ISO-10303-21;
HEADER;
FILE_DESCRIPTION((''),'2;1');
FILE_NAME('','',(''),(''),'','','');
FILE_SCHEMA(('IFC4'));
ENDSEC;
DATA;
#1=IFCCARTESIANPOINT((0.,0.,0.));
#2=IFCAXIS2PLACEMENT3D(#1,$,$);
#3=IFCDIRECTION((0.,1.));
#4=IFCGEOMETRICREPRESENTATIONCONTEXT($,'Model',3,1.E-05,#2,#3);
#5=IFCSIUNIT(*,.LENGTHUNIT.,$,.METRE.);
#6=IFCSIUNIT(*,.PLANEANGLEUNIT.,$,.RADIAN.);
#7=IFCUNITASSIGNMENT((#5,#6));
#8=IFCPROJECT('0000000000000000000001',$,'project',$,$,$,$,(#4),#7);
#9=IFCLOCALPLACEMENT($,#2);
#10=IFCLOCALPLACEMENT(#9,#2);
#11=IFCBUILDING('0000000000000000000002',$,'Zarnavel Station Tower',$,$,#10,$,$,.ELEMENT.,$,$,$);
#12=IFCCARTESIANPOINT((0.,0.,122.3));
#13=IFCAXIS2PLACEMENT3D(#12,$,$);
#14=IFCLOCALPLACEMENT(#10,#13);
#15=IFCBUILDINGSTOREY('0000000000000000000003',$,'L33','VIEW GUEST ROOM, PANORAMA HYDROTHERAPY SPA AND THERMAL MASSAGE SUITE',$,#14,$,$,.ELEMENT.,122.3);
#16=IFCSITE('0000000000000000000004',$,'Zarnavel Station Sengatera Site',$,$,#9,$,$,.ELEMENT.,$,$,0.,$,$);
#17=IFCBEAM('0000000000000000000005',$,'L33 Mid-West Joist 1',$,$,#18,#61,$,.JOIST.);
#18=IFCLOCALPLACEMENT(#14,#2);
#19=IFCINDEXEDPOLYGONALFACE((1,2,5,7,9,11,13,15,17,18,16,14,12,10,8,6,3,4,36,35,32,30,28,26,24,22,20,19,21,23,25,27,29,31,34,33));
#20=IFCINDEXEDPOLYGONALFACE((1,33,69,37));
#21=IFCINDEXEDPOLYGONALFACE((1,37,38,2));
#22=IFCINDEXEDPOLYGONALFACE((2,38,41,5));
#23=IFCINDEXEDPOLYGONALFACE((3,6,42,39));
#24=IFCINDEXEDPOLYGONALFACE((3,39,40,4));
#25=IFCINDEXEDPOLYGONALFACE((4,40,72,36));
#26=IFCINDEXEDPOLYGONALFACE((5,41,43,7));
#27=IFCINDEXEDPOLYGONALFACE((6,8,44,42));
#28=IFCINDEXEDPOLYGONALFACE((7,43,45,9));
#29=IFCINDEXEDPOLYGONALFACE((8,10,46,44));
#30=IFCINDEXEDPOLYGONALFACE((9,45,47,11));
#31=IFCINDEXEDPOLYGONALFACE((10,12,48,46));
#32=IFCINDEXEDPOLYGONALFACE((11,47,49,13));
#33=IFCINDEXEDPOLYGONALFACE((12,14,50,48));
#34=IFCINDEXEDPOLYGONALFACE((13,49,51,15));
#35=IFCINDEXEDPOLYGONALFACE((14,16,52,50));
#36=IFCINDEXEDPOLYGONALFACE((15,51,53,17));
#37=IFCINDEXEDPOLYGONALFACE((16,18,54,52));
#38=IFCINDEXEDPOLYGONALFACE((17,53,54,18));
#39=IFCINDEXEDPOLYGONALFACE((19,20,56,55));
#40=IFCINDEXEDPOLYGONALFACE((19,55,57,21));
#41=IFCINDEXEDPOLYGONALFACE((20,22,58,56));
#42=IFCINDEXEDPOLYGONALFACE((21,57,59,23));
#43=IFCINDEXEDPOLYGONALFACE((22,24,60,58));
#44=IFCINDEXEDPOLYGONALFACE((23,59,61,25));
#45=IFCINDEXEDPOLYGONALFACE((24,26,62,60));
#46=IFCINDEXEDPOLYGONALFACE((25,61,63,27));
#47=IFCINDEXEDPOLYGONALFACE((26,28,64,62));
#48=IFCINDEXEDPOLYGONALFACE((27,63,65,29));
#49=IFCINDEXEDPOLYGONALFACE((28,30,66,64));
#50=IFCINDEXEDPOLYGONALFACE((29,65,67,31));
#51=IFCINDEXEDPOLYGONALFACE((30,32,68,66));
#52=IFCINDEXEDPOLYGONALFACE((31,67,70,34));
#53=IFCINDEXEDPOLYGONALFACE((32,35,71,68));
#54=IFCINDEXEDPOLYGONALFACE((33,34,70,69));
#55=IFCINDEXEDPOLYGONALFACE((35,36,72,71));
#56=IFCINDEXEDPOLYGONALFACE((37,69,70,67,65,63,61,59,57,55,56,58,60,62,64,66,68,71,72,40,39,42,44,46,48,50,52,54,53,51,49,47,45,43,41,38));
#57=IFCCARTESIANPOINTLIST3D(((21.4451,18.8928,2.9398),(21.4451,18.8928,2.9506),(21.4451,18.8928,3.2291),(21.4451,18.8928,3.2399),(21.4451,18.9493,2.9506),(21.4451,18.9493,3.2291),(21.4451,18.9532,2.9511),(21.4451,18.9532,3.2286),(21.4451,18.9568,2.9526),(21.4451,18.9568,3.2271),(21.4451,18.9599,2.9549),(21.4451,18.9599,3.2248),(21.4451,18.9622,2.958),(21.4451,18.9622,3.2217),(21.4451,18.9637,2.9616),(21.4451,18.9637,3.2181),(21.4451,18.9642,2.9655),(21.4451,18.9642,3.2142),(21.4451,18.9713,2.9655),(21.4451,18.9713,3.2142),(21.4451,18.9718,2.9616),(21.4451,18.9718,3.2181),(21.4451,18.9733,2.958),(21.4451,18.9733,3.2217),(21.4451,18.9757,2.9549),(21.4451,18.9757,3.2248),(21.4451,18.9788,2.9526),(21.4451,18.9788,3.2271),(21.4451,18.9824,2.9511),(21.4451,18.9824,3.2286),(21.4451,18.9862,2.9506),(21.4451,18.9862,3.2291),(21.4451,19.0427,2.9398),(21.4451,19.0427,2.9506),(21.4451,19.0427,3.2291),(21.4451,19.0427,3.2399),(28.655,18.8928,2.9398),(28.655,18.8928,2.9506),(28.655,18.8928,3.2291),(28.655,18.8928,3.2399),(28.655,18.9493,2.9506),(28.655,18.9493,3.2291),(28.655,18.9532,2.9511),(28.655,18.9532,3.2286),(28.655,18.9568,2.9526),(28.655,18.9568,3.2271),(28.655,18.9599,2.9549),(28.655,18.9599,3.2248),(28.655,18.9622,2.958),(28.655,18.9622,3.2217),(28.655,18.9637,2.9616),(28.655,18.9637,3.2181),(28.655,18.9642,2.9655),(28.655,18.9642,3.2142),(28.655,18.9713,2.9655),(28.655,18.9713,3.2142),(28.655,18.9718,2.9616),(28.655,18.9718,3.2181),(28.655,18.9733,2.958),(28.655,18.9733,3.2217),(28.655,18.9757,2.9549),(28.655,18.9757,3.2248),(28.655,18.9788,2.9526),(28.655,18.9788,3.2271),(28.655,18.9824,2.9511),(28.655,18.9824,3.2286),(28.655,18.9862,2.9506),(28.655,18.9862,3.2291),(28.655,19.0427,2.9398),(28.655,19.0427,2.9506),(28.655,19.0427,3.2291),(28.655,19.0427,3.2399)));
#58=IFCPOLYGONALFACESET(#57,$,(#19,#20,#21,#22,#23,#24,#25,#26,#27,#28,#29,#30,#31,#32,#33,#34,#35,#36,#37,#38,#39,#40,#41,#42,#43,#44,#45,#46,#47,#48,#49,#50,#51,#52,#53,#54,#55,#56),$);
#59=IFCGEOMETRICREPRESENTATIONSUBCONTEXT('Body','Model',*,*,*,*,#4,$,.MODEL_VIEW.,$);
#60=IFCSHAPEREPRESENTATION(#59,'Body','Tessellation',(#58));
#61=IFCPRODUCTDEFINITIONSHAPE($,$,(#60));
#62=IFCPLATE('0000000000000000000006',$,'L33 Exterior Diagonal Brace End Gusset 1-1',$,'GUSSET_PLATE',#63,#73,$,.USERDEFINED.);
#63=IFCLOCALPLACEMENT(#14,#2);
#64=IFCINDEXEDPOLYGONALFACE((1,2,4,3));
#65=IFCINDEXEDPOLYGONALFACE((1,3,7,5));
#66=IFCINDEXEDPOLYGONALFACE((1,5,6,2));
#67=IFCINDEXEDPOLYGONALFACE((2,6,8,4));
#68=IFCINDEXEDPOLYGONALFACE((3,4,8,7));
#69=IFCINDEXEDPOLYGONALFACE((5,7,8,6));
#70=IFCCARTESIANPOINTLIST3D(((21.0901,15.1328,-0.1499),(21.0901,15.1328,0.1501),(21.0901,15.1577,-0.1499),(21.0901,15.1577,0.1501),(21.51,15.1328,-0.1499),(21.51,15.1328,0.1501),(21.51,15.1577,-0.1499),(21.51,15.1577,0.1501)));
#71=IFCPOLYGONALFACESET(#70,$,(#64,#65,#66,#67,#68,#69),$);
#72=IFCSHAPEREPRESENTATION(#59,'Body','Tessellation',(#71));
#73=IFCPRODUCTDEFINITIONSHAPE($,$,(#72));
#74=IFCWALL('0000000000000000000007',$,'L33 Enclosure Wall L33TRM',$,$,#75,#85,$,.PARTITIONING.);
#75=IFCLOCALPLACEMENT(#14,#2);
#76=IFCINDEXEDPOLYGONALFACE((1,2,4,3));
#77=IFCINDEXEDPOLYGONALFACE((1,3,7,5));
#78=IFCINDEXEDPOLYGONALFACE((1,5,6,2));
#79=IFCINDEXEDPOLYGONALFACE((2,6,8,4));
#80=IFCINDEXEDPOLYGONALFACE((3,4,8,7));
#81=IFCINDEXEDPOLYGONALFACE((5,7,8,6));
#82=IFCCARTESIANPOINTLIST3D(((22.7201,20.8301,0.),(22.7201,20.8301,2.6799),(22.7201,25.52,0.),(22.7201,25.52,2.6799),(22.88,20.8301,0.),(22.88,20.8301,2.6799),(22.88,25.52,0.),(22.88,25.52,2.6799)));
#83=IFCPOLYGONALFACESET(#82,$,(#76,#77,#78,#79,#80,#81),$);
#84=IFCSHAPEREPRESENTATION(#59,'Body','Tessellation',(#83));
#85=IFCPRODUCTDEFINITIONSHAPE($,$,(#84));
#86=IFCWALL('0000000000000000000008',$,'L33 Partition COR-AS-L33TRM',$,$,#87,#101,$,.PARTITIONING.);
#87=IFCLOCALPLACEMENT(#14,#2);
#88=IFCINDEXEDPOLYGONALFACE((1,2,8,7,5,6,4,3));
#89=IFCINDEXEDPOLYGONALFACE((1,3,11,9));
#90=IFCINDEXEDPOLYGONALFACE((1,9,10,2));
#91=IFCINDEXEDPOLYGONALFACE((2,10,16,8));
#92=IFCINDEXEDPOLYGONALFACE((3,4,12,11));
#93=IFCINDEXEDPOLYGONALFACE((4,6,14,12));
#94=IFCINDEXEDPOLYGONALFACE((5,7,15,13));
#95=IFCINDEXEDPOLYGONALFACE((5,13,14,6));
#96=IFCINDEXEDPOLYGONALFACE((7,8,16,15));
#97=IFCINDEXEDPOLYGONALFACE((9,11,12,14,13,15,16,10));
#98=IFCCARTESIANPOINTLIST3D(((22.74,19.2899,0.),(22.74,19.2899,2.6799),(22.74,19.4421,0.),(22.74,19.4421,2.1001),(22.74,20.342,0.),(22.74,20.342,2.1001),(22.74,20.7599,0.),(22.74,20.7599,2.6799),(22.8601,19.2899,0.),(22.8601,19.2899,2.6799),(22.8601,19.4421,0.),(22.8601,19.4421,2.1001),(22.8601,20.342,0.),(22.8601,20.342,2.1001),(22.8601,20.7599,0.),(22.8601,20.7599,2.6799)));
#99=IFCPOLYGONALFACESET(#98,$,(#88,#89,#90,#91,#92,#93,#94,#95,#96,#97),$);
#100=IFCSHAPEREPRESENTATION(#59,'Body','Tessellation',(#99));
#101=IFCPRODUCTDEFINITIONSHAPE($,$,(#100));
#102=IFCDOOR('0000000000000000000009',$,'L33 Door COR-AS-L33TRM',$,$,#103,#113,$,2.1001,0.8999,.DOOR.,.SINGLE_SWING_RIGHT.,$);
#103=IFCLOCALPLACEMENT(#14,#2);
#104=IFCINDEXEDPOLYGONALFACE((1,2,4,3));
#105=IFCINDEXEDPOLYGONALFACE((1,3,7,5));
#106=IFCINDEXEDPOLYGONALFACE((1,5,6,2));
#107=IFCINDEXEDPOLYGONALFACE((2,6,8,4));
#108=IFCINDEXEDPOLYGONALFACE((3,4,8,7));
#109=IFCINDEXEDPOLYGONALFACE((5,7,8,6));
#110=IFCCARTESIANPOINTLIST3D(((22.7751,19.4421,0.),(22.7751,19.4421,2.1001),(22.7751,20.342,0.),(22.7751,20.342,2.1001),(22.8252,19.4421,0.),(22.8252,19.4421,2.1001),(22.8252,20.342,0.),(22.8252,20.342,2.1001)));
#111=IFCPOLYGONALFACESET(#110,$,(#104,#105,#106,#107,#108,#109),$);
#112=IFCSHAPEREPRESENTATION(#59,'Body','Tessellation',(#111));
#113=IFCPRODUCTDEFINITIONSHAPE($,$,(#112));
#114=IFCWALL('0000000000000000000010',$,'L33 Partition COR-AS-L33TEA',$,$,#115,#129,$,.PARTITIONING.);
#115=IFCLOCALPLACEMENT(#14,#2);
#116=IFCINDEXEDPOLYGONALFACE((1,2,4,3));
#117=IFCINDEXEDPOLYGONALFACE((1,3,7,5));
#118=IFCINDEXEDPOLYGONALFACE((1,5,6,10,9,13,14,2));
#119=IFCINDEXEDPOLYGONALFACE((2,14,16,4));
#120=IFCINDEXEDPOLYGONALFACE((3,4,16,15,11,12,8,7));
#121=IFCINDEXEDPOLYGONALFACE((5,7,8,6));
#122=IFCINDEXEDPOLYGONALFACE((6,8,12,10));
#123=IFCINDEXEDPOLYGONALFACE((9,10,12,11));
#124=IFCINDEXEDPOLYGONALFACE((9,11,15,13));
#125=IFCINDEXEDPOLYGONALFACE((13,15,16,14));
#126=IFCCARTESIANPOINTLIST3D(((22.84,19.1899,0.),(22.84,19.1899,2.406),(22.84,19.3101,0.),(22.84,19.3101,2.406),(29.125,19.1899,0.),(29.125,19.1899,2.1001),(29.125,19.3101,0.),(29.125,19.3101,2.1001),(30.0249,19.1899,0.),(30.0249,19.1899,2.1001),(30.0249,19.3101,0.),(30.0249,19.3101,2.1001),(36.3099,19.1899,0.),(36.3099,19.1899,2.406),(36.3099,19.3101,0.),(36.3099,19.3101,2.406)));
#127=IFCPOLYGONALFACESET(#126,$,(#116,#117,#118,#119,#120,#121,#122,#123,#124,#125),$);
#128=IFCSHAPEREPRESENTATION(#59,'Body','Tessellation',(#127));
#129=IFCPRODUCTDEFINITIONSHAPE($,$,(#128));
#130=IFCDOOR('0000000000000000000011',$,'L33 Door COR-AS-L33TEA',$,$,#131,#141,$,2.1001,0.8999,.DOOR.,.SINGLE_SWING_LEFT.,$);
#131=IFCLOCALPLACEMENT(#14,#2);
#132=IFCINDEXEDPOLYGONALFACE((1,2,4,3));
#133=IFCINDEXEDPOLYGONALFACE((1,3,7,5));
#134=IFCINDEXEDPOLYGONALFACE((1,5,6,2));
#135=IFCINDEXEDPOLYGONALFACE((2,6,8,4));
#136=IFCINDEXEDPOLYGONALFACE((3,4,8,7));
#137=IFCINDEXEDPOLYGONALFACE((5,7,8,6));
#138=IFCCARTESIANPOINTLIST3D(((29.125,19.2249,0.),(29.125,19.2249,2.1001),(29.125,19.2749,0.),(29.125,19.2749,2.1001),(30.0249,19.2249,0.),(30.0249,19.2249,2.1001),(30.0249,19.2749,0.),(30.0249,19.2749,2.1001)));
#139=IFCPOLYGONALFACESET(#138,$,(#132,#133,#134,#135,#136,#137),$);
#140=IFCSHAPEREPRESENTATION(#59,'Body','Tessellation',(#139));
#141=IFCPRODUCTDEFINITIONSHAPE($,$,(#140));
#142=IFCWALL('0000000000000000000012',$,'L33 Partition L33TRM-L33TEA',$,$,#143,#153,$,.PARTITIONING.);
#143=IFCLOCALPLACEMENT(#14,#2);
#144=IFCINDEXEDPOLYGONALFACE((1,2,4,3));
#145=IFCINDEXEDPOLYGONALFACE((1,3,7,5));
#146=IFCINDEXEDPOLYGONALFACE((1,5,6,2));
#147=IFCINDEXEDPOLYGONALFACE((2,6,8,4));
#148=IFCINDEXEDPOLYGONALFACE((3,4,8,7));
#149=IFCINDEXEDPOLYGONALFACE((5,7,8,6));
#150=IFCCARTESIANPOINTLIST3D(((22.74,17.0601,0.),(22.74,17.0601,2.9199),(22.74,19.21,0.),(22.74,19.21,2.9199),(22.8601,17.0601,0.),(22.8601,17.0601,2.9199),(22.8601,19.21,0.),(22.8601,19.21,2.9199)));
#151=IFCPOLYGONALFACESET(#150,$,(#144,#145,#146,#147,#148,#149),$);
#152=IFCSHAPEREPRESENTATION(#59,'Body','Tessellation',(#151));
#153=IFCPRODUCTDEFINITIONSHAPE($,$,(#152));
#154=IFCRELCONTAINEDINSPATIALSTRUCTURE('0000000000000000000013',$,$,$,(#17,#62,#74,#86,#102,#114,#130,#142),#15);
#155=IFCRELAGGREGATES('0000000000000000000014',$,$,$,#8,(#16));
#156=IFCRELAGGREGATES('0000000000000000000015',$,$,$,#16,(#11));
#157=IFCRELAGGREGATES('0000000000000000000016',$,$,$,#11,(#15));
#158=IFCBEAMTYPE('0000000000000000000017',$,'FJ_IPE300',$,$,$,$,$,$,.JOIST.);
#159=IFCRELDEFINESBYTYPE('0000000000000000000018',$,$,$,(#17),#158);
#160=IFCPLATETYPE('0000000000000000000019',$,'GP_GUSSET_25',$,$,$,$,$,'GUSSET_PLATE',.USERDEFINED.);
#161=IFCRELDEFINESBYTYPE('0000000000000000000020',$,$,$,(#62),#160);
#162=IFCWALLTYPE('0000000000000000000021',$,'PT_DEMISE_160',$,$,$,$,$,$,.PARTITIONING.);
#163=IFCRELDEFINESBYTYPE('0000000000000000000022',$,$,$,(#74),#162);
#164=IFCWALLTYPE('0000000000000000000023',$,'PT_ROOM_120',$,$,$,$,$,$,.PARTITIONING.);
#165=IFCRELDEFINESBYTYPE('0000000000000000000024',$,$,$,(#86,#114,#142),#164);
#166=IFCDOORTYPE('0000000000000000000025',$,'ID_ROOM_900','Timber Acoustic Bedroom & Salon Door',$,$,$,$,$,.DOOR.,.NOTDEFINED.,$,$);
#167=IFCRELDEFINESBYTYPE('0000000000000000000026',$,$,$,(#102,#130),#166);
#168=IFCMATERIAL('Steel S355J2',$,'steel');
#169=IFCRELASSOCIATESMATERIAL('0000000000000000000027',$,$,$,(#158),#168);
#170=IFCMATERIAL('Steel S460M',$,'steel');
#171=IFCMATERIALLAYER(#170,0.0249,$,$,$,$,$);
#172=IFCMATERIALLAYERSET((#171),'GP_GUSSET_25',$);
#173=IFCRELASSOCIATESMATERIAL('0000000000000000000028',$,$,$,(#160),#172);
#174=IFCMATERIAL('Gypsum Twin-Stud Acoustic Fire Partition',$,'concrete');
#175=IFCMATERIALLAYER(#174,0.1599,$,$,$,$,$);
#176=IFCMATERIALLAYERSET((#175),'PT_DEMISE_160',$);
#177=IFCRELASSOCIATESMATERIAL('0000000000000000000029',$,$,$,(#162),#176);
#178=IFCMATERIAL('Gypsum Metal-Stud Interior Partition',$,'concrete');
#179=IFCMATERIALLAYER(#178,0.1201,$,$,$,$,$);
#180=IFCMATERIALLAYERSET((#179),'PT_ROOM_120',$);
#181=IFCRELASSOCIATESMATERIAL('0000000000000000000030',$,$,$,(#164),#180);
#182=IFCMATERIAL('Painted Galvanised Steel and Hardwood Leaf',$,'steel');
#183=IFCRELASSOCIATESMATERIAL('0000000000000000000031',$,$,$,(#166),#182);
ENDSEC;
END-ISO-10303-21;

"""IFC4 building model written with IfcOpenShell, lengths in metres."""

from ifc_helpers import new_model, si_unit, direction, frame, frame_2d, origin, origin_2d, place, context, subcontext, project, spatial, rectangle, i_section, extrude, material, layer, layer_set, material_profile, profile_set, type_object, element, fill, save


model = new_model("IFC4")

# Units and contexts
model_context = context("Model", 3, precision=1e-05, world=origin(), true_north=direction((0.0, 1.0)))
body_context = subcontext(model_context, "Body", "Model", "MODEL_VIEW")
ifc_project = project(units=[si_unit("LENGTHUNIT", "METRE"), si_unit("PLANEANGLEUNIT", "RADIAN")], contexts=[model_context])

# Site, building, storey
site_placement = place(None, origin())
site = spatial("IfcSite", under=ifc_project, at=site_placement, Name="Zarnavel Station Sengatera Site", CompositionType="ELEMENT", RefElevation=0.0)
building_placement = place(site_placement, origin())
building = spatial("IfcBuilding", under=site, at=building_placement, Name="Zarnavel Station Tower", CompositionType="ELEMENT")
storey_placement = place(building_placement, frame((0.0, 0.0, 122.3)))
storey = spatial("IfcBuildingStorey", under=building, at=storey_placement, Name="L33", Description="VIEW GUEST ROOM, PANORAMA HYDROTHERAPY SPA AND THERMAL MASSAGE SUITE", CompositionType="ELEMENT", Elevation=122.3)

# Beam
ifc_material_1 = material(Name="Steel S355J2", Category="steel")
ifc_material_profile_1 = material_profile(ifc_material_1, i_section(OverallWidth=0.1499, OverallDepth=0.3, WebThickness=0.0071, FlangeThickness=0.0107, FilletRadius=0.0149, at=origin_2d()), Name="IPE300")
ifc_profile_set_1 = profile_set([ifc_material_profile_1], Name="Steel S355J2")
beam_type_1 = type_object("IfcBeamType", Name="FJ_IPE300", PredefinedType="JOIST", material=ifc_profile_set_1)
beam_1_placement = place(storey_placement, frame((21.4451, 18.9678, 3.0898), z_axis=(1.0, 0.0, 0.0), x_axis=(0.0, 1.0, 0.0)))
element("IfcBeam", 1, at=beam_1_placement, inside=storey, type_object=beam_type_1, Name="L33 Mid-West Joist 1", PredefinedType="JOIST", context=body_context, shape_type="SweptSolid", body=[
    extrude(i_section(OverallWidth=0.1499, OverallDepth=0.3, WebThickness=0.0071, FlangeThickness=0.0107, FilletRadius=0.0149, at=origin_2d()), origin(), (0.0, 0.0, 1.0), 7.21),
])

# Plate
ifc_material_2 = material(Name="Steel S460M", Category="steel")
ifc_layer_1 = layer(ifc_material_2, 0.0249)
ifc_layer_set_1 = layer_set([ifc_layer_1], Name="GP_GUSSET_25")
plate_type = type_object("IfcPlateType", Name="GP_GUSSET_25", ElementType="GUSSET_PLATE", PredefinedType="USERDEFINED", material=ifc_layer_set_1)
plate_placement = place(storey_placement, frame((21.3, 15.1453, -0.1499), z_axis=(0.0, 0.0, 1.0), x_axis=(1.0, 0.0, 0.0)))
element("IfcPlate", 2, at=plate_placement, inside=storey, type_object=plate_type, Name="L33 Exterior Diagonal Brace End Gusset 1-1", ObjectType="GUSSET_PLATE", PredefinedType="USERDEFINED", context=body_context, shape_type="SweptSolid", body=[
    extrude(rectangle(XDim=0.4199, YDim=0.0249, at=origin_2d()), origin(), (0.0, 0.0, 1.0), 0.3),
])

# Wall
ifc_material_3 = material(Name="Gypsum Twin-Stud Acoustic Fire Partition", Category="concrete")
ifc_layer_2 = layer(ifc_material_3, 0.1599)
ifc_layer_set_2 = layer_set([ifc_layer_2], Name="PT_DEMISE_160")
wall_type_1 = type_object("IfcWallType", Name="PT_DEMISE_160", PredefinedType="PARTITIONING", material=ifc_layer_set_2)
wall_1_placement = place(storey_placement, frame((22.8, 20.8301, 0.0), z_axis=(0.0, 0.0, 1.0), x_axis=(0.0, 1.0, 0.0)))
element("IfcWall", 3, at=wall_1_placement, inside=storey, type_object=wall_type_1, Name="L33 Enclosure Wall L33TRM", PredefinedType="PARTITIONING", context=body_context, shape_type="SweptSolid", body=[
    extrude(rectangle(XDim=4.6899, YDim=0.1599, at=frame_2d((2.345, 0.0))), origin(), (0.0, 0.0, 1.0), 2.6799),
])

# Walls, openings, doors
ifc_material_4 = material(Name="Gypsum Metal-Stud Interior Partition", Category="concrete")
ifc_layer_3 = layer(ifc_material_4, 0.1201)
ifc_layer_set_3 = layer_set([ifc_layer_3], Name="PT_ROOM_120")
wall_type_2 = type_object("IfcWallType", Name="PT_ROOM_120", PredefinedType="PARTITIONING", material=ifc_layer_set_3)
wall_2_placement = place(storey_placement, frame((22.8, 19.29, 0.0), z_axis=(0.0, 0.0, 1.0), x_axis=(0.0, 1.0, 0.0)))
wall_2 = element("IfcWall", 4, at=wall_2_placement, inside=storey, type_object=wall_type_2, Name="L33 Partition COR-AS-L33TRM", PredefinedType="PARTITIONING", context=body_context, shape_type="SweptSolid", body=[
    extrude(rectangle(XDim=1.47, YDim=0.1201, at=frame_2d((0.7349, 0.0))), origin(), (0.0, 0.0, 1.0), 2.6799),
])
opening_1_placement = place(wall_2_placement, frame((0.1521, 0.0, 0.0)))
opening_1 = element("IfcOpeningElement", 5, at=opening_1_placement, cuts=wall_2, PredefinedType="OPENING", context=body_context, shape_type="SweptSolid", body=[
    extrude(rectangle(XDim=0.8999, YDim=2.1001, at=frame_2d((0.45, 1.05))), frame((0.0, 0.0701, 0.0), z_axis=(0.0, -1.0, 0.0), x_axis=(1.0, 0.0, 0.0)), (0.0, 0.0, 1.0), 0.1401),
])
ifc_material_5 = material(Name="Painted Galvanised Steel and Hardwood Leaf", Category="steel")
door_type = type_object("IfcDoorType", Name="ID_ROOM_900", Description="Timber Acoustic Bedroom & Salon Door", OperationType="NOTDEFINED", PredefinedType="DOOR", material=ifc_material_5)
door_1_placement = place(opening_1_placement, origin())
door_1 = element("IfcDoor", 6, at=door_1_placement, inside=storey, type_object=door_type, Name="L33 Door COR-AS-L33TRM", OperationType="SINGLE_SWING_RIGHT", OverallHeight=2.1001, OverallWidth=0.8999, PredefinedType="DOOR", context=body_context, shape_type="SweptSolid", body=[
    extrude(rectangle(XDim=0.8999, YDim=2.1001, at=frame_2d((0.45, 1.05))), frame((0.0, 0.0249, 0.0), z_axis=(0.0, -1.0, 0.0), x_axis=(1.0, 0.0, 0.0)), (0.0, 0.0, 1.0), 0.05),
])
fill(opening_1, door_1)
wall_3_placement = place(storey_placement, frame((22.8401, 19.25, 0.0), z_axis=(0.0, 0.0, 1.0), x_axis=(1.0, 0.0, 0.0)))
wall_3 = element("IfcWall", 7, at=wall_3_placement, inside=storey, type_object=wall_type_2, Name="L33 Partition COR-AS-L33TEA", PredefinedType="PARTITIONING", context=body_context, shape_type="SweptSolid", body=[
    extrude(rectangle(XDim=13.47, YDim=0.1201, at=frame_2d((6.7349, 0.0))), origin(), (0.0, 0.0, 1.0), 2.406),
])
opening_2_placement = place(wall_3_placement, frame((6.2849, 0.0, 0.0)))
opening_2 = element("IfcOpeningElement", 8, at=opening_2_placement, cuts=wall_3, PredefinedType="OPENING", context=body_context, shape_type="SweptSolid", body=[
    extrude(rectangle(XDim=0.8999, YDim=2.1001, at=frame_2d((0.45, 1.05))), frame((0.0, 0.0701, 0.0), z_axis=(0.0, -1.0, 0.0), x_axis=(1.0, 0.0, 0.0)), (0.0, 0.0, 1.0), 0.1401),
])
door_2_placement = place(opening_2_placement, origin())
door_2 = element("IfcDoor", 9, at=door_2_placement, inside=storey, type_object=door_type, Name="L33 Door COR-AS-L33TEA", OperationType="SINGLE_SWING_LEFT", OverallHeight=2.1001, OverallWidth=0.8999, PredefinedType="DOOR", context=body_context, shape_type="SweptSolid", body=[
    extrude(rectangle(XDim=0.8999, YDim=2.1001, at=frame_2d((0.45, 1.05))), frame((0.0, 0.0249, 0.0), z_axis=(0.0, -1.0, 0.0), x_axis=(1.0, 0.0, 0.0)), (0.0, 0.0, 1.0), 0.05),
])
fill(opening_2, door_2)

# Wall
wall_4_placement = place(storey_placement, frame((22.8, 17.0601, 0.0), z_axis=(0.0, 0.0, 1.0), x_axis=(0.0, 1.0, 0.0)))
element("IfcWall", 10, at=wall_4_placement, inside=storey, type_object=wall_type_2, Name="L33 Partition L33TRM-L33TEA", PredefinedType="PARTITIONING", context=body_context, shape_type="SweptSolid", body=[
    extrude(rectangle(XDim=2.1499, YDim=0.1201, at=frame_2d((1.075, 0.0))), origin(), (0.0, 0.0, 1.0), 2.9199),
])

save(model, "model.ifc")
